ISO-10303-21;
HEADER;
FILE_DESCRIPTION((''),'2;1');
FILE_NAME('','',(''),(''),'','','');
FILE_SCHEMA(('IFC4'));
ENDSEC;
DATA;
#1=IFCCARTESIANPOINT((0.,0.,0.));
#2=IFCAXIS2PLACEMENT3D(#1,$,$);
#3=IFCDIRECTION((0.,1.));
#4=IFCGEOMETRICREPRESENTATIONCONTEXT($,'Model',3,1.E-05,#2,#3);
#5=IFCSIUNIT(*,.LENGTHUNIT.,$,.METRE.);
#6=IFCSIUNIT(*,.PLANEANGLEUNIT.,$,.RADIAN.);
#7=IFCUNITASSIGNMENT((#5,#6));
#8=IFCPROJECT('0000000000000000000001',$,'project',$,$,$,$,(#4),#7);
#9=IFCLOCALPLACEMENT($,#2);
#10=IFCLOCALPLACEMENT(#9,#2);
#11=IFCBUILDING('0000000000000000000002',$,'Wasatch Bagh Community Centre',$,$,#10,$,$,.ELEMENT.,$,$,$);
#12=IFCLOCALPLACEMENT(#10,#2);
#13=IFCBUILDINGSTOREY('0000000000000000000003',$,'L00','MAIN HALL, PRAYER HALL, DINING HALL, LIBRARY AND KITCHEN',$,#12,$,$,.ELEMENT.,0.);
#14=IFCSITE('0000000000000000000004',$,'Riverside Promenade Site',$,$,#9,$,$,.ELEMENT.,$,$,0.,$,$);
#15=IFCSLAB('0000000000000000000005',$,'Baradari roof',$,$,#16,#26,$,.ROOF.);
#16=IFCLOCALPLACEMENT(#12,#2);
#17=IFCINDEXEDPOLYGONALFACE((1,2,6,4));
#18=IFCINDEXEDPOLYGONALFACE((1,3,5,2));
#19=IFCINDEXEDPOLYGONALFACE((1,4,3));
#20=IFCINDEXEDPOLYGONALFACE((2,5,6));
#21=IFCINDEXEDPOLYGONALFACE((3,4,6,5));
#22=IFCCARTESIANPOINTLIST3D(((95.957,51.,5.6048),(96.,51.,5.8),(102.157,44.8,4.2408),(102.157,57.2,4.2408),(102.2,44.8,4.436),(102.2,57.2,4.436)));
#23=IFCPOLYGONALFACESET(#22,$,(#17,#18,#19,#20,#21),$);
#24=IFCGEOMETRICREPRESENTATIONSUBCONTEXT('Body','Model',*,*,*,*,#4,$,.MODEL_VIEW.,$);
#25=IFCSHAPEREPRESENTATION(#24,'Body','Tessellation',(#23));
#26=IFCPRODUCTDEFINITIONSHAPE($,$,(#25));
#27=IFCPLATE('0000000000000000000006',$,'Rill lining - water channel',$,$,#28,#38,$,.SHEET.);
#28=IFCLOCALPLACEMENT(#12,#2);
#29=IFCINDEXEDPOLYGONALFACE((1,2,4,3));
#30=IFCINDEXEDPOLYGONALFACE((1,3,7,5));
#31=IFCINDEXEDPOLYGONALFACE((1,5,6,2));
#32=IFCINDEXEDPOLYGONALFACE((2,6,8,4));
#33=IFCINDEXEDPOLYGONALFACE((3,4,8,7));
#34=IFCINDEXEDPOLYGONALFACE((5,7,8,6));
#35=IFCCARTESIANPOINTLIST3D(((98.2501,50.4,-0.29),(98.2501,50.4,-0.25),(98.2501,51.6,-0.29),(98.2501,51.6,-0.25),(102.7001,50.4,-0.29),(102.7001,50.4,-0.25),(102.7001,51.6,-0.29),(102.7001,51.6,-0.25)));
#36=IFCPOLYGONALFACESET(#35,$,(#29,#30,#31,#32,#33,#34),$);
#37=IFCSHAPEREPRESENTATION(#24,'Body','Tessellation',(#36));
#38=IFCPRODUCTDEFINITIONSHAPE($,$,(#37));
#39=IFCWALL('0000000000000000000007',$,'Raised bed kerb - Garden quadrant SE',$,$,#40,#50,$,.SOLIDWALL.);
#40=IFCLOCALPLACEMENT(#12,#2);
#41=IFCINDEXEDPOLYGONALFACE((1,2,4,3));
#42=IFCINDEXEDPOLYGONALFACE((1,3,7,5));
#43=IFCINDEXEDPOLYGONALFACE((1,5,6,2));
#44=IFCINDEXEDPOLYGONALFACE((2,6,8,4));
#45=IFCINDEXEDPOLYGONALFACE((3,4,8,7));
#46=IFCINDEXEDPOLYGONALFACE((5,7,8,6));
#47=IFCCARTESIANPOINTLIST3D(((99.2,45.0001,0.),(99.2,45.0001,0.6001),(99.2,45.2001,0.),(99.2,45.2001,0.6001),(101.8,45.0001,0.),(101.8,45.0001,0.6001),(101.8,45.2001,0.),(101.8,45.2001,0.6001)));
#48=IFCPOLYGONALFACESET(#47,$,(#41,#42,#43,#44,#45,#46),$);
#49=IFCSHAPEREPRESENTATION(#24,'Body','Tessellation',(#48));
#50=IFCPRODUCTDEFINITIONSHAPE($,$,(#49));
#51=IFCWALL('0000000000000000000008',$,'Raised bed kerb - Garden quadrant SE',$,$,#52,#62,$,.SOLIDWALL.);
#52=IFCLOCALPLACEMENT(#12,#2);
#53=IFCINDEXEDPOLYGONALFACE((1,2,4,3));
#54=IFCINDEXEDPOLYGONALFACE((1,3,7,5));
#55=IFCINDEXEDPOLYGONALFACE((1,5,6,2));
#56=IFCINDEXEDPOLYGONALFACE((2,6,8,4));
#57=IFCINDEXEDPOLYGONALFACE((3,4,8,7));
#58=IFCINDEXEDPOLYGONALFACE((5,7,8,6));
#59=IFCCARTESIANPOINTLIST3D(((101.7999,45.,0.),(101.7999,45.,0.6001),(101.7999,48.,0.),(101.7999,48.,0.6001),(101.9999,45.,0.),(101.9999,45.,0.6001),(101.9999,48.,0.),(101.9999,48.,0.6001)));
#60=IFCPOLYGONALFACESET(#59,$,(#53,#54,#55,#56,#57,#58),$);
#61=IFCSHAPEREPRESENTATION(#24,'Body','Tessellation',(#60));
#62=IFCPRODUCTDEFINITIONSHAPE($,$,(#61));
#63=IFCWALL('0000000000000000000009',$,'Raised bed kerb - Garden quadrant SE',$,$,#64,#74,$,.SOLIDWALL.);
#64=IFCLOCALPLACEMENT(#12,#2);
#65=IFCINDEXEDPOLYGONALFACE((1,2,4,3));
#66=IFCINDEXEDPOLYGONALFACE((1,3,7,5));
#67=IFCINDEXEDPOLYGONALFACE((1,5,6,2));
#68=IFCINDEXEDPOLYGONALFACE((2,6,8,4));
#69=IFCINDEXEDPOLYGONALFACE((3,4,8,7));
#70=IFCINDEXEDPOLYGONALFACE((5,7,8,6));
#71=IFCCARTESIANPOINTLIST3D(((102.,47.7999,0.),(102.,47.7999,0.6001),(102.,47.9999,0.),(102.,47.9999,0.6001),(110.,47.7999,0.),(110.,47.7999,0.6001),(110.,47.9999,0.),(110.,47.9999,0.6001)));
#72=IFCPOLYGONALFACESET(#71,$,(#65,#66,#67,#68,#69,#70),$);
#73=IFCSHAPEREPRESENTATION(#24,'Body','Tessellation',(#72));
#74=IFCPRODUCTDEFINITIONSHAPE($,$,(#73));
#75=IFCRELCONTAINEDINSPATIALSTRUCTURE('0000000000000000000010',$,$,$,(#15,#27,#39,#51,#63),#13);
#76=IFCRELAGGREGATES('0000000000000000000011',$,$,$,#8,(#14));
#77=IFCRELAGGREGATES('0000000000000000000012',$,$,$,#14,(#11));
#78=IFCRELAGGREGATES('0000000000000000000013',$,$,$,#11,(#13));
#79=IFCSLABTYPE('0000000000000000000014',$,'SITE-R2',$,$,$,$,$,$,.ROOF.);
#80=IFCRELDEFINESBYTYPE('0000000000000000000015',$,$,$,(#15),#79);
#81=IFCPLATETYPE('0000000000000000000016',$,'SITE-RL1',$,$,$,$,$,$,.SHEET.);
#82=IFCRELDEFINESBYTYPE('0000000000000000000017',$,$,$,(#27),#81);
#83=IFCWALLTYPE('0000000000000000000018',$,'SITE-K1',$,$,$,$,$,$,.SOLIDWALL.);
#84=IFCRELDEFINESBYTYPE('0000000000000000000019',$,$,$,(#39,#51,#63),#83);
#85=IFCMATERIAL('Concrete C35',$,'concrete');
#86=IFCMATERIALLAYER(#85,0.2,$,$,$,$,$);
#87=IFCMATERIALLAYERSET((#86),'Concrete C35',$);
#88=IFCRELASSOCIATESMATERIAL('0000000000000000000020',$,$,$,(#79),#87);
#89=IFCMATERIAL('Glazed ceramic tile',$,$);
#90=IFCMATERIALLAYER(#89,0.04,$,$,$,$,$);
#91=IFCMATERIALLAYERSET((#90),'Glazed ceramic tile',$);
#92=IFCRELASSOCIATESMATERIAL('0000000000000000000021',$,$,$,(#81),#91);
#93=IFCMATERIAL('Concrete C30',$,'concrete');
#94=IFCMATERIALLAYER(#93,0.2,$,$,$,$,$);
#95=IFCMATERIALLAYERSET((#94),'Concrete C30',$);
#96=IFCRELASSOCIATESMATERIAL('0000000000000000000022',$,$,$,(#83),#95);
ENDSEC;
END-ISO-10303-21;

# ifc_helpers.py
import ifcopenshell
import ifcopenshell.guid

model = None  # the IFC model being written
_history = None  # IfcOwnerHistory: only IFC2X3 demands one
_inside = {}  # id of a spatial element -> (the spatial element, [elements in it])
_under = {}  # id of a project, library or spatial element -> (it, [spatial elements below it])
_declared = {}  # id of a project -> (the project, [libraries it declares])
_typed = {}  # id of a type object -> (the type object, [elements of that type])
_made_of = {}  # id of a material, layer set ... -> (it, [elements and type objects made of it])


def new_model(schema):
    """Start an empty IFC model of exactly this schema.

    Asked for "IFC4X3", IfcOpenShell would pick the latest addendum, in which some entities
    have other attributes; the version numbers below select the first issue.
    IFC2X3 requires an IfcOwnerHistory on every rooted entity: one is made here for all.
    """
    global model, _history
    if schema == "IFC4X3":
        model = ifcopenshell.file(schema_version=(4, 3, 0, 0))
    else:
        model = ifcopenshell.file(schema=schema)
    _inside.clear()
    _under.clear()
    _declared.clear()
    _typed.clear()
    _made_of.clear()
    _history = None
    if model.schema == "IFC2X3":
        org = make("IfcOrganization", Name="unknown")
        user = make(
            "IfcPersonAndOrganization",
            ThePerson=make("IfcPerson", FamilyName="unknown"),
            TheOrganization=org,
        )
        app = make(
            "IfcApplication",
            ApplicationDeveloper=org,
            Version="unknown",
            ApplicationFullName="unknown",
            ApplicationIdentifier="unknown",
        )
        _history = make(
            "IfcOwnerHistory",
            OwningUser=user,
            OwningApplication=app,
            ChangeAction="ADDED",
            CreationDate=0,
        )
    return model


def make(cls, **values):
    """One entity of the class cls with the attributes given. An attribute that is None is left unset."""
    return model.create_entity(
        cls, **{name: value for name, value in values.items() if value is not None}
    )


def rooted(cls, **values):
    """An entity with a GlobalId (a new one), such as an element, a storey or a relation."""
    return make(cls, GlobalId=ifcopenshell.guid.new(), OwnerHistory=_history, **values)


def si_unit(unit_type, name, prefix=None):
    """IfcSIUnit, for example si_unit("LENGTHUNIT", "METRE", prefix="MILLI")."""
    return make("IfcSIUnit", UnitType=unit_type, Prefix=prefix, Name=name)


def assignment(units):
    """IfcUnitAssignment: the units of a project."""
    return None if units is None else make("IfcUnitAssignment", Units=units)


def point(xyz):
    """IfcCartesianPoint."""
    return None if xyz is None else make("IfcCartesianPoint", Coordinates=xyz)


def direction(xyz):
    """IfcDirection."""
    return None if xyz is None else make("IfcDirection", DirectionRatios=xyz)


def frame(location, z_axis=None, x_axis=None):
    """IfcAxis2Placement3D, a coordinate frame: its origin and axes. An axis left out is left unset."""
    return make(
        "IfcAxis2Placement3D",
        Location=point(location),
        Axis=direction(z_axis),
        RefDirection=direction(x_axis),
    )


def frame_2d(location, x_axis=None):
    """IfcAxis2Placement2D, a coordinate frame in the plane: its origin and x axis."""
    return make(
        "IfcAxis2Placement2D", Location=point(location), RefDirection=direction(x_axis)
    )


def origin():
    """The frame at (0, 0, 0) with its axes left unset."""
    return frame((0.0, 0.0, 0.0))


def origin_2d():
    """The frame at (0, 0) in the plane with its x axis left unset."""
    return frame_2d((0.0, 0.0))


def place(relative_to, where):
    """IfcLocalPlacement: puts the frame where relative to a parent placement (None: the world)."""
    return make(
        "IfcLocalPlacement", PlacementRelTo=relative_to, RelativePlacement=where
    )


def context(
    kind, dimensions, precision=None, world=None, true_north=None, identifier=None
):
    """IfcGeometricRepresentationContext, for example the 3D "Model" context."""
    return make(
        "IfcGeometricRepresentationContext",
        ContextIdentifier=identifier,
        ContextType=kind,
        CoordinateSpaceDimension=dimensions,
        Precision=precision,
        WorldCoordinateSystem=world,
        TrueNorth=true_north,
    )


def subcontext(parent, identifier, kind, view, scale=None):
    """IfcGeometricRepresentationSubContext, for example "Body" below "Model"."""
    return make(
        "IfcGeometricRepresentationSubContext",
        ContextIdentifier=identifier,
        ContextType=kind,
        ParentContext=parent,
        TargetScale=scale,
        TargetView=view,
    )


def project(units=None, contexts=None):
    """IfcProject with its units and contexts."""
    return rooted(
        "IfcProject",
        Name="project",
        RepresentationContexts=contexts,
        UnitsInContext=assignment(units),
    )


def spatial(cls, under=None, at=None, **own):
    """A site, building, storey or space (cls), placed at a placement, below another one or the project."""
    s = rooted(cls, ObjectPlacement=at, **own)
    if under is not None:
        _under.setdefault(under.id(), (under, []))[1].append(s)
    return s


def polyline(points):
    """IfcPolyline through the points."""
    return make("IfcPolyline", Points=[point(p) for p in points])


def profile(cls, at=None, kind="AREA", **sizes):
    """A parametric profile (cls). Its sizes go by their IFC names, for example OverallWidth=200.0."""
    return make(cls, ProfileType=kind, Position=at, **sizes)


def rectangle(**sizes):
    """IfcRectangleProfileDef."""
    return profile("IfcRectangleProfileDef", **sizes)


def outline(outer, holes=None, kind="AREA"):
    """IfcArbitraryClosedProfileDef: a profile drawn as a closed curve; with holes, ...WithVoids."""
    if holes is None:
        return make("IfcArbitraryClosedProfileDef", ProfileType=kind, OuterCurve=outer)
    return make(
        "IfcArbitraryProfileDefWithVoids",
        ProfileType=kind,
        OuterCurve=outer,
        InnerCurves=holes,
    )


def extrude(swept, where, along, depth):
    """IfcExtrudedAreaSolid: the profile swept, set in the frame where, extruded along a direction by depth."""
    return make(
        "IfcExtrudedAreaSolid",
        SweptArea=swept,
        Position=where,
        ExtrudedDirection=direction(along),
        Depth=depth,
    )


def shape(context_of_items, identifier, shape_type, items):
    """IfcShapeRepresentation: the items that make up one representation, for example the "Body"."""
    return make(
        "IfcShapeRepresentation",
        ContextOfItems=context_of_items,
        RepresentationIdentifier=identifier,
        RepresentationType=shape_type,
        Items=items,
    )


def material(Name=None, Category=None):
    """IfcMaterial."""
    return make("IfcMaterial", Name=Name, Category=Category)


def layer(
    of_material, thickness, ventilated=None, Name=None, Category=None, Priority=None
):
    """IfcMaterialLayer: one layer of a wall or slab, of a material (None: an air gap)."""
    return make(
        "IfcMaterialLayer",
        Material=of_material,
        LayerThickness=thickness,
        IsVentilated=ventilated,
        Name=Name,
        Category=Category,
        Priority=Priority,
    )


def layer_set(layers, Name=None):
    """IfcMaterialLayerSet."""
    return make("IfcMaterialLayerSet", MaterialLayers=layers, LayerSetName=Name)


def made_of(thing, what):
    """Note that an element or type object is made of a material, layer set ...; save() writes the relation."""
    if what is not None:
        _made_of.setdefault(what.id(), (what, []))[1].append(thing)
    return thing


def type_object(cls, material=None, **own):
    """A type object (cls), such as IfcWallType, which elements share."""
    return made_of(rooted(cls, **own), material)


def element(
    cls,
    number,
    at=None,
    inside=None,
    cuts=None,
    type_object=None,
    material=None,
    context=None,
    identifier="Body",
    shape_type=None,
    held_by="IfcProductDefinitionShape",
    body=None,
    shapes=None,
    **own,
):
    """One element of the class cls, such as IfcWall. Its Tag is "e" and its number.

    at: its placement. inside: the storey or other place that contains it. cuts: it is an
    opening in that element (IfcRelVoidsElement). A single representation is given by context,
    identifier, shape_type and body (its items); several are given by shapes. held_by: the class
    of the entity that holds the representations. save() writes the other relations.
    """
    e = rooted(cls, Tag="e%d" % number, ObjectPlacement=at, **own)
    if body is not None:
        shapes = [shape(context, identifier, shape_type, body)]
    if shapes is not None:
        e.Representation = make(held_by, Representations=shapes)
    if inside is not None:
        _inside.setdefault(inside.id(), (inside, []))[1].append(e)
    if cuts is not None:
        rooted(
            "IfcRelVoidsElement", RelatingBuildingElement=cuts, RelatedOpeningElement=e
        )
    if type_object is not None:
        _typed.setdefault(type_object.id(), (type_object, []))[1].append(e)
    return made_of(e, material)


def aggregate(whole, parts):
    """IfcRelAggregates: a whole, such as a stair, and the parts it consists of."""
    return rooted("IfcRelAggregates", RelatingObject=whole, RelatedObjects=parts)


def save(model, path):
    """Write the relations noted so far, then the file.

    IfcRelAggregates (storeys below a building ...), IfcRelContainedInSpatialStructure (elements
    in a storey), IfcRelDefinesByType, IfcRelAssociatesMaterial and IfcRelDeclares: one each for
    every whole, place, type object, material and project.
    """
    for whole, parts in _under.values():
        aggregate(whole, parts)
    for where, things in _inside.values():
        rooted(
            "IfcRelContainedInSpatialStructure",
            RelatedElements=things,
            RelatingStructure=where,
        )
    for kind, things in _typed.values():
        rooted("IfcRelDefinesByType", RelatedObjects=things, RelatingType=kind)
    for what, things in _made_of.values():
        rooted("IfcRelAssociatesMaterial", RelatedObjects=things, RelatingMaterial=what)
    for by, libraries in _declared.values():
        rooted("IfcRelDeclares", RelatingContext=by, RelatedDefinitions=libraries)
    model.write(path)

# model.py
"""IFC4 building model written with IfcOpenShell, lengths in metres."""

from ifc_helpers import new_model, si_unit, direction, frame, frame_2d, origin, origin_2d, place, context, subcontext, project, spatial, polyline, rectangle, outline, extrude, material, layer, layer_set, type_object, element, save


model = new_model("IFC4")

# Units and contexts
model_context = context("Model", 3, precision=1e-05, world=origin(), true_north=direction((0.0, 1.0)))
body_context = subcontext(model_context, "Body", "Model", "MODEL_VIEW")
ifc_project = project(units=[si_unit("LENGTHUNIT", "METRE"), si_unit("PLANEANGLEUNIT", "RADIAN")], contexts=[model_context])

# Site, building, storey
site_placement = place(None, origin())
site = spatial("IfcSite", under=ifc_project, at=site_placement, Name="Riverside Promenade Site", CompositionType="ELEMENT", RefElevation=0.0)
building_placement = place(site_placement, origin())
building = spatial("IfcBuilding", under=site, at=building_placement, Name="Wasatch Bagh Community Centre", CompositionType="ELEMENT")
storey_placement = place(building_placement, origin())
storey = spatial("IfcBuildingStorey", under=building, at=storey_placement, Name="L00", Description="MAIN HALL, PRAYER HALL, DINING HALL, LIBRARY AND KITCHEN", CompositionType="ELEMENT", Elevation=0.0)

# Shared definitions
ifc_material_1 = material(Name="Concrete C35", Category="concrete")

# Shared definitions
ifc_material_2 = material(Name="Concrete C30", Category="concrete")

# Slab
ifc_layer_1 = layer(ifc_material_1, 0.2)
ifc_layer_set_1 = layer_set([ifc_layer_1], Name="Concrete C35")
slab_type = type_object("IfcSlabType", Name="SITE-R2", PredefinedType="ROOF", material=ifc_layer_set_1)
slab_placement = place(storey_placement, frame((102.2, 44.8, 4.436), z_axis=(0.214865, 0.0, 0.976644), x_axis=(0.0, 1.0, 0.0)))
element("IfcSlab", 1, at=slab_placement, inside=storey, type_object=slab_type, Name="Baradari roof", PredefinedType="ROOF", context=body_context, shape_type="SweptSolid", body=[
    extrude(outline(polyline([(0.0, 0.0), (12.3999, 0.0), (6.2, 6.3482), (0.0, 0.0)])), origin(), (0.0, 0.0, -1.0), 0.2),
])

# Plate
ifc_material_3 = material(Name="Glazed ceramic tile")
ifc_layer_2 = layer(ifc_material_3, 0.04)
ifc_layer_set_2 = layer_set([ifc_layer_2], Name="Glazed ceramic tile")
plate_type = type_object("IfcPlateType", Name="SITE-RL1", PredefinedType="SHEET", material=ifc_layer_set_2)
plate_placement = place(storey_placement, frame((100.4751, 51.0, -0.29), z_axis=(0.0, 0.0, 1.0), x_axis=(1.0, 0.0, 0.0)))
element("IfcPlate", 2, at=plate_placement, inside=storey, type_object=plate_type, Name="Rill lining - water channel", PredefinedType="SHEET", context=body_context, shape_type="SweptSolid", body=[
    extrude(rectangle(XDim=4.45, YDim=1.2, at=origin_2d()), origin(), (0.0, 0.0, 1.0), 0.04),
])

# Walls
ifc_layer_3 = layer(ifc_material_2, 0.2)
ifc_layer_set_3 = layer_set([ifc_layer_3], Name="Concrete C30")
wall_type = type_object("IfcWallType", Name="SITE-K1", PredefinedType="SOLIDWALL", material=ifc_layer_set_3)
wall_1_placement = place(storey_placement, frame((99.2, 45.1001, 0.0), z_axis=(0.0, 0.0, 1.0), x_axis=(1.0, 0.0, 0.0)))
element("IfcWall", 3, at=wall_1_placement, inside=storey, type_object=wall_type, Name="Raised bed kerb - Garden quadrant SE", PredefinedType="SOLIDWALL", context=body_context, shape_type="SweptSolid", body=[
    extrude(rectangle(XDim=2.6001, YDim=0.2, at=frame_2d((1.3, 0.0))), origin(), (0.0, 0.0, 1.0), 0.6001),
])
wall_2_placement = place(storey_placement, frame((101.8999, 45.0, 0.0), z_axis=(0.0, 0.0, 1.0), x_axis=(0.0, 1.0, 0.0)))
element("IfcWall", 4, at=wall_2_placement, inside=storey, type_object=wall_type, Name="Raised bed kerb - Garden quadrant SE", PredefinedType="SOLIDWALL", context=body_context, shape_type="SweptSolid", body=[
    extrude(rectangle(XDim=3.0, YDim=0.2, at=frame_2d((1.5, 0.0))), origin(), (0.0, 0.0, 1.0), 0.6001),
])
wall_3_placement = place(storey_placement, frame((102.0, 47.8999, 0.0), z_axis=(0.0, 0.0, 1.0), x_axis=(1.0, 0.0, 0.0)))
element("IfcWall", 5, at=wall_3_placement, inside=storey, type_object=wall_type, Name="Raised bed kerb - Garden quadrant SE", PredefinedType="SOLIDWALL", context=body_context, shape_type="SweptSolid", body=[
    extrude(rectangle(XDim=8.0, YDim=0.2, at=frame_2d((4.0, 0.0))), origin(), (0.0, 0.0, 1.0), 0.6001),
])

save(model, "model.ifc")
